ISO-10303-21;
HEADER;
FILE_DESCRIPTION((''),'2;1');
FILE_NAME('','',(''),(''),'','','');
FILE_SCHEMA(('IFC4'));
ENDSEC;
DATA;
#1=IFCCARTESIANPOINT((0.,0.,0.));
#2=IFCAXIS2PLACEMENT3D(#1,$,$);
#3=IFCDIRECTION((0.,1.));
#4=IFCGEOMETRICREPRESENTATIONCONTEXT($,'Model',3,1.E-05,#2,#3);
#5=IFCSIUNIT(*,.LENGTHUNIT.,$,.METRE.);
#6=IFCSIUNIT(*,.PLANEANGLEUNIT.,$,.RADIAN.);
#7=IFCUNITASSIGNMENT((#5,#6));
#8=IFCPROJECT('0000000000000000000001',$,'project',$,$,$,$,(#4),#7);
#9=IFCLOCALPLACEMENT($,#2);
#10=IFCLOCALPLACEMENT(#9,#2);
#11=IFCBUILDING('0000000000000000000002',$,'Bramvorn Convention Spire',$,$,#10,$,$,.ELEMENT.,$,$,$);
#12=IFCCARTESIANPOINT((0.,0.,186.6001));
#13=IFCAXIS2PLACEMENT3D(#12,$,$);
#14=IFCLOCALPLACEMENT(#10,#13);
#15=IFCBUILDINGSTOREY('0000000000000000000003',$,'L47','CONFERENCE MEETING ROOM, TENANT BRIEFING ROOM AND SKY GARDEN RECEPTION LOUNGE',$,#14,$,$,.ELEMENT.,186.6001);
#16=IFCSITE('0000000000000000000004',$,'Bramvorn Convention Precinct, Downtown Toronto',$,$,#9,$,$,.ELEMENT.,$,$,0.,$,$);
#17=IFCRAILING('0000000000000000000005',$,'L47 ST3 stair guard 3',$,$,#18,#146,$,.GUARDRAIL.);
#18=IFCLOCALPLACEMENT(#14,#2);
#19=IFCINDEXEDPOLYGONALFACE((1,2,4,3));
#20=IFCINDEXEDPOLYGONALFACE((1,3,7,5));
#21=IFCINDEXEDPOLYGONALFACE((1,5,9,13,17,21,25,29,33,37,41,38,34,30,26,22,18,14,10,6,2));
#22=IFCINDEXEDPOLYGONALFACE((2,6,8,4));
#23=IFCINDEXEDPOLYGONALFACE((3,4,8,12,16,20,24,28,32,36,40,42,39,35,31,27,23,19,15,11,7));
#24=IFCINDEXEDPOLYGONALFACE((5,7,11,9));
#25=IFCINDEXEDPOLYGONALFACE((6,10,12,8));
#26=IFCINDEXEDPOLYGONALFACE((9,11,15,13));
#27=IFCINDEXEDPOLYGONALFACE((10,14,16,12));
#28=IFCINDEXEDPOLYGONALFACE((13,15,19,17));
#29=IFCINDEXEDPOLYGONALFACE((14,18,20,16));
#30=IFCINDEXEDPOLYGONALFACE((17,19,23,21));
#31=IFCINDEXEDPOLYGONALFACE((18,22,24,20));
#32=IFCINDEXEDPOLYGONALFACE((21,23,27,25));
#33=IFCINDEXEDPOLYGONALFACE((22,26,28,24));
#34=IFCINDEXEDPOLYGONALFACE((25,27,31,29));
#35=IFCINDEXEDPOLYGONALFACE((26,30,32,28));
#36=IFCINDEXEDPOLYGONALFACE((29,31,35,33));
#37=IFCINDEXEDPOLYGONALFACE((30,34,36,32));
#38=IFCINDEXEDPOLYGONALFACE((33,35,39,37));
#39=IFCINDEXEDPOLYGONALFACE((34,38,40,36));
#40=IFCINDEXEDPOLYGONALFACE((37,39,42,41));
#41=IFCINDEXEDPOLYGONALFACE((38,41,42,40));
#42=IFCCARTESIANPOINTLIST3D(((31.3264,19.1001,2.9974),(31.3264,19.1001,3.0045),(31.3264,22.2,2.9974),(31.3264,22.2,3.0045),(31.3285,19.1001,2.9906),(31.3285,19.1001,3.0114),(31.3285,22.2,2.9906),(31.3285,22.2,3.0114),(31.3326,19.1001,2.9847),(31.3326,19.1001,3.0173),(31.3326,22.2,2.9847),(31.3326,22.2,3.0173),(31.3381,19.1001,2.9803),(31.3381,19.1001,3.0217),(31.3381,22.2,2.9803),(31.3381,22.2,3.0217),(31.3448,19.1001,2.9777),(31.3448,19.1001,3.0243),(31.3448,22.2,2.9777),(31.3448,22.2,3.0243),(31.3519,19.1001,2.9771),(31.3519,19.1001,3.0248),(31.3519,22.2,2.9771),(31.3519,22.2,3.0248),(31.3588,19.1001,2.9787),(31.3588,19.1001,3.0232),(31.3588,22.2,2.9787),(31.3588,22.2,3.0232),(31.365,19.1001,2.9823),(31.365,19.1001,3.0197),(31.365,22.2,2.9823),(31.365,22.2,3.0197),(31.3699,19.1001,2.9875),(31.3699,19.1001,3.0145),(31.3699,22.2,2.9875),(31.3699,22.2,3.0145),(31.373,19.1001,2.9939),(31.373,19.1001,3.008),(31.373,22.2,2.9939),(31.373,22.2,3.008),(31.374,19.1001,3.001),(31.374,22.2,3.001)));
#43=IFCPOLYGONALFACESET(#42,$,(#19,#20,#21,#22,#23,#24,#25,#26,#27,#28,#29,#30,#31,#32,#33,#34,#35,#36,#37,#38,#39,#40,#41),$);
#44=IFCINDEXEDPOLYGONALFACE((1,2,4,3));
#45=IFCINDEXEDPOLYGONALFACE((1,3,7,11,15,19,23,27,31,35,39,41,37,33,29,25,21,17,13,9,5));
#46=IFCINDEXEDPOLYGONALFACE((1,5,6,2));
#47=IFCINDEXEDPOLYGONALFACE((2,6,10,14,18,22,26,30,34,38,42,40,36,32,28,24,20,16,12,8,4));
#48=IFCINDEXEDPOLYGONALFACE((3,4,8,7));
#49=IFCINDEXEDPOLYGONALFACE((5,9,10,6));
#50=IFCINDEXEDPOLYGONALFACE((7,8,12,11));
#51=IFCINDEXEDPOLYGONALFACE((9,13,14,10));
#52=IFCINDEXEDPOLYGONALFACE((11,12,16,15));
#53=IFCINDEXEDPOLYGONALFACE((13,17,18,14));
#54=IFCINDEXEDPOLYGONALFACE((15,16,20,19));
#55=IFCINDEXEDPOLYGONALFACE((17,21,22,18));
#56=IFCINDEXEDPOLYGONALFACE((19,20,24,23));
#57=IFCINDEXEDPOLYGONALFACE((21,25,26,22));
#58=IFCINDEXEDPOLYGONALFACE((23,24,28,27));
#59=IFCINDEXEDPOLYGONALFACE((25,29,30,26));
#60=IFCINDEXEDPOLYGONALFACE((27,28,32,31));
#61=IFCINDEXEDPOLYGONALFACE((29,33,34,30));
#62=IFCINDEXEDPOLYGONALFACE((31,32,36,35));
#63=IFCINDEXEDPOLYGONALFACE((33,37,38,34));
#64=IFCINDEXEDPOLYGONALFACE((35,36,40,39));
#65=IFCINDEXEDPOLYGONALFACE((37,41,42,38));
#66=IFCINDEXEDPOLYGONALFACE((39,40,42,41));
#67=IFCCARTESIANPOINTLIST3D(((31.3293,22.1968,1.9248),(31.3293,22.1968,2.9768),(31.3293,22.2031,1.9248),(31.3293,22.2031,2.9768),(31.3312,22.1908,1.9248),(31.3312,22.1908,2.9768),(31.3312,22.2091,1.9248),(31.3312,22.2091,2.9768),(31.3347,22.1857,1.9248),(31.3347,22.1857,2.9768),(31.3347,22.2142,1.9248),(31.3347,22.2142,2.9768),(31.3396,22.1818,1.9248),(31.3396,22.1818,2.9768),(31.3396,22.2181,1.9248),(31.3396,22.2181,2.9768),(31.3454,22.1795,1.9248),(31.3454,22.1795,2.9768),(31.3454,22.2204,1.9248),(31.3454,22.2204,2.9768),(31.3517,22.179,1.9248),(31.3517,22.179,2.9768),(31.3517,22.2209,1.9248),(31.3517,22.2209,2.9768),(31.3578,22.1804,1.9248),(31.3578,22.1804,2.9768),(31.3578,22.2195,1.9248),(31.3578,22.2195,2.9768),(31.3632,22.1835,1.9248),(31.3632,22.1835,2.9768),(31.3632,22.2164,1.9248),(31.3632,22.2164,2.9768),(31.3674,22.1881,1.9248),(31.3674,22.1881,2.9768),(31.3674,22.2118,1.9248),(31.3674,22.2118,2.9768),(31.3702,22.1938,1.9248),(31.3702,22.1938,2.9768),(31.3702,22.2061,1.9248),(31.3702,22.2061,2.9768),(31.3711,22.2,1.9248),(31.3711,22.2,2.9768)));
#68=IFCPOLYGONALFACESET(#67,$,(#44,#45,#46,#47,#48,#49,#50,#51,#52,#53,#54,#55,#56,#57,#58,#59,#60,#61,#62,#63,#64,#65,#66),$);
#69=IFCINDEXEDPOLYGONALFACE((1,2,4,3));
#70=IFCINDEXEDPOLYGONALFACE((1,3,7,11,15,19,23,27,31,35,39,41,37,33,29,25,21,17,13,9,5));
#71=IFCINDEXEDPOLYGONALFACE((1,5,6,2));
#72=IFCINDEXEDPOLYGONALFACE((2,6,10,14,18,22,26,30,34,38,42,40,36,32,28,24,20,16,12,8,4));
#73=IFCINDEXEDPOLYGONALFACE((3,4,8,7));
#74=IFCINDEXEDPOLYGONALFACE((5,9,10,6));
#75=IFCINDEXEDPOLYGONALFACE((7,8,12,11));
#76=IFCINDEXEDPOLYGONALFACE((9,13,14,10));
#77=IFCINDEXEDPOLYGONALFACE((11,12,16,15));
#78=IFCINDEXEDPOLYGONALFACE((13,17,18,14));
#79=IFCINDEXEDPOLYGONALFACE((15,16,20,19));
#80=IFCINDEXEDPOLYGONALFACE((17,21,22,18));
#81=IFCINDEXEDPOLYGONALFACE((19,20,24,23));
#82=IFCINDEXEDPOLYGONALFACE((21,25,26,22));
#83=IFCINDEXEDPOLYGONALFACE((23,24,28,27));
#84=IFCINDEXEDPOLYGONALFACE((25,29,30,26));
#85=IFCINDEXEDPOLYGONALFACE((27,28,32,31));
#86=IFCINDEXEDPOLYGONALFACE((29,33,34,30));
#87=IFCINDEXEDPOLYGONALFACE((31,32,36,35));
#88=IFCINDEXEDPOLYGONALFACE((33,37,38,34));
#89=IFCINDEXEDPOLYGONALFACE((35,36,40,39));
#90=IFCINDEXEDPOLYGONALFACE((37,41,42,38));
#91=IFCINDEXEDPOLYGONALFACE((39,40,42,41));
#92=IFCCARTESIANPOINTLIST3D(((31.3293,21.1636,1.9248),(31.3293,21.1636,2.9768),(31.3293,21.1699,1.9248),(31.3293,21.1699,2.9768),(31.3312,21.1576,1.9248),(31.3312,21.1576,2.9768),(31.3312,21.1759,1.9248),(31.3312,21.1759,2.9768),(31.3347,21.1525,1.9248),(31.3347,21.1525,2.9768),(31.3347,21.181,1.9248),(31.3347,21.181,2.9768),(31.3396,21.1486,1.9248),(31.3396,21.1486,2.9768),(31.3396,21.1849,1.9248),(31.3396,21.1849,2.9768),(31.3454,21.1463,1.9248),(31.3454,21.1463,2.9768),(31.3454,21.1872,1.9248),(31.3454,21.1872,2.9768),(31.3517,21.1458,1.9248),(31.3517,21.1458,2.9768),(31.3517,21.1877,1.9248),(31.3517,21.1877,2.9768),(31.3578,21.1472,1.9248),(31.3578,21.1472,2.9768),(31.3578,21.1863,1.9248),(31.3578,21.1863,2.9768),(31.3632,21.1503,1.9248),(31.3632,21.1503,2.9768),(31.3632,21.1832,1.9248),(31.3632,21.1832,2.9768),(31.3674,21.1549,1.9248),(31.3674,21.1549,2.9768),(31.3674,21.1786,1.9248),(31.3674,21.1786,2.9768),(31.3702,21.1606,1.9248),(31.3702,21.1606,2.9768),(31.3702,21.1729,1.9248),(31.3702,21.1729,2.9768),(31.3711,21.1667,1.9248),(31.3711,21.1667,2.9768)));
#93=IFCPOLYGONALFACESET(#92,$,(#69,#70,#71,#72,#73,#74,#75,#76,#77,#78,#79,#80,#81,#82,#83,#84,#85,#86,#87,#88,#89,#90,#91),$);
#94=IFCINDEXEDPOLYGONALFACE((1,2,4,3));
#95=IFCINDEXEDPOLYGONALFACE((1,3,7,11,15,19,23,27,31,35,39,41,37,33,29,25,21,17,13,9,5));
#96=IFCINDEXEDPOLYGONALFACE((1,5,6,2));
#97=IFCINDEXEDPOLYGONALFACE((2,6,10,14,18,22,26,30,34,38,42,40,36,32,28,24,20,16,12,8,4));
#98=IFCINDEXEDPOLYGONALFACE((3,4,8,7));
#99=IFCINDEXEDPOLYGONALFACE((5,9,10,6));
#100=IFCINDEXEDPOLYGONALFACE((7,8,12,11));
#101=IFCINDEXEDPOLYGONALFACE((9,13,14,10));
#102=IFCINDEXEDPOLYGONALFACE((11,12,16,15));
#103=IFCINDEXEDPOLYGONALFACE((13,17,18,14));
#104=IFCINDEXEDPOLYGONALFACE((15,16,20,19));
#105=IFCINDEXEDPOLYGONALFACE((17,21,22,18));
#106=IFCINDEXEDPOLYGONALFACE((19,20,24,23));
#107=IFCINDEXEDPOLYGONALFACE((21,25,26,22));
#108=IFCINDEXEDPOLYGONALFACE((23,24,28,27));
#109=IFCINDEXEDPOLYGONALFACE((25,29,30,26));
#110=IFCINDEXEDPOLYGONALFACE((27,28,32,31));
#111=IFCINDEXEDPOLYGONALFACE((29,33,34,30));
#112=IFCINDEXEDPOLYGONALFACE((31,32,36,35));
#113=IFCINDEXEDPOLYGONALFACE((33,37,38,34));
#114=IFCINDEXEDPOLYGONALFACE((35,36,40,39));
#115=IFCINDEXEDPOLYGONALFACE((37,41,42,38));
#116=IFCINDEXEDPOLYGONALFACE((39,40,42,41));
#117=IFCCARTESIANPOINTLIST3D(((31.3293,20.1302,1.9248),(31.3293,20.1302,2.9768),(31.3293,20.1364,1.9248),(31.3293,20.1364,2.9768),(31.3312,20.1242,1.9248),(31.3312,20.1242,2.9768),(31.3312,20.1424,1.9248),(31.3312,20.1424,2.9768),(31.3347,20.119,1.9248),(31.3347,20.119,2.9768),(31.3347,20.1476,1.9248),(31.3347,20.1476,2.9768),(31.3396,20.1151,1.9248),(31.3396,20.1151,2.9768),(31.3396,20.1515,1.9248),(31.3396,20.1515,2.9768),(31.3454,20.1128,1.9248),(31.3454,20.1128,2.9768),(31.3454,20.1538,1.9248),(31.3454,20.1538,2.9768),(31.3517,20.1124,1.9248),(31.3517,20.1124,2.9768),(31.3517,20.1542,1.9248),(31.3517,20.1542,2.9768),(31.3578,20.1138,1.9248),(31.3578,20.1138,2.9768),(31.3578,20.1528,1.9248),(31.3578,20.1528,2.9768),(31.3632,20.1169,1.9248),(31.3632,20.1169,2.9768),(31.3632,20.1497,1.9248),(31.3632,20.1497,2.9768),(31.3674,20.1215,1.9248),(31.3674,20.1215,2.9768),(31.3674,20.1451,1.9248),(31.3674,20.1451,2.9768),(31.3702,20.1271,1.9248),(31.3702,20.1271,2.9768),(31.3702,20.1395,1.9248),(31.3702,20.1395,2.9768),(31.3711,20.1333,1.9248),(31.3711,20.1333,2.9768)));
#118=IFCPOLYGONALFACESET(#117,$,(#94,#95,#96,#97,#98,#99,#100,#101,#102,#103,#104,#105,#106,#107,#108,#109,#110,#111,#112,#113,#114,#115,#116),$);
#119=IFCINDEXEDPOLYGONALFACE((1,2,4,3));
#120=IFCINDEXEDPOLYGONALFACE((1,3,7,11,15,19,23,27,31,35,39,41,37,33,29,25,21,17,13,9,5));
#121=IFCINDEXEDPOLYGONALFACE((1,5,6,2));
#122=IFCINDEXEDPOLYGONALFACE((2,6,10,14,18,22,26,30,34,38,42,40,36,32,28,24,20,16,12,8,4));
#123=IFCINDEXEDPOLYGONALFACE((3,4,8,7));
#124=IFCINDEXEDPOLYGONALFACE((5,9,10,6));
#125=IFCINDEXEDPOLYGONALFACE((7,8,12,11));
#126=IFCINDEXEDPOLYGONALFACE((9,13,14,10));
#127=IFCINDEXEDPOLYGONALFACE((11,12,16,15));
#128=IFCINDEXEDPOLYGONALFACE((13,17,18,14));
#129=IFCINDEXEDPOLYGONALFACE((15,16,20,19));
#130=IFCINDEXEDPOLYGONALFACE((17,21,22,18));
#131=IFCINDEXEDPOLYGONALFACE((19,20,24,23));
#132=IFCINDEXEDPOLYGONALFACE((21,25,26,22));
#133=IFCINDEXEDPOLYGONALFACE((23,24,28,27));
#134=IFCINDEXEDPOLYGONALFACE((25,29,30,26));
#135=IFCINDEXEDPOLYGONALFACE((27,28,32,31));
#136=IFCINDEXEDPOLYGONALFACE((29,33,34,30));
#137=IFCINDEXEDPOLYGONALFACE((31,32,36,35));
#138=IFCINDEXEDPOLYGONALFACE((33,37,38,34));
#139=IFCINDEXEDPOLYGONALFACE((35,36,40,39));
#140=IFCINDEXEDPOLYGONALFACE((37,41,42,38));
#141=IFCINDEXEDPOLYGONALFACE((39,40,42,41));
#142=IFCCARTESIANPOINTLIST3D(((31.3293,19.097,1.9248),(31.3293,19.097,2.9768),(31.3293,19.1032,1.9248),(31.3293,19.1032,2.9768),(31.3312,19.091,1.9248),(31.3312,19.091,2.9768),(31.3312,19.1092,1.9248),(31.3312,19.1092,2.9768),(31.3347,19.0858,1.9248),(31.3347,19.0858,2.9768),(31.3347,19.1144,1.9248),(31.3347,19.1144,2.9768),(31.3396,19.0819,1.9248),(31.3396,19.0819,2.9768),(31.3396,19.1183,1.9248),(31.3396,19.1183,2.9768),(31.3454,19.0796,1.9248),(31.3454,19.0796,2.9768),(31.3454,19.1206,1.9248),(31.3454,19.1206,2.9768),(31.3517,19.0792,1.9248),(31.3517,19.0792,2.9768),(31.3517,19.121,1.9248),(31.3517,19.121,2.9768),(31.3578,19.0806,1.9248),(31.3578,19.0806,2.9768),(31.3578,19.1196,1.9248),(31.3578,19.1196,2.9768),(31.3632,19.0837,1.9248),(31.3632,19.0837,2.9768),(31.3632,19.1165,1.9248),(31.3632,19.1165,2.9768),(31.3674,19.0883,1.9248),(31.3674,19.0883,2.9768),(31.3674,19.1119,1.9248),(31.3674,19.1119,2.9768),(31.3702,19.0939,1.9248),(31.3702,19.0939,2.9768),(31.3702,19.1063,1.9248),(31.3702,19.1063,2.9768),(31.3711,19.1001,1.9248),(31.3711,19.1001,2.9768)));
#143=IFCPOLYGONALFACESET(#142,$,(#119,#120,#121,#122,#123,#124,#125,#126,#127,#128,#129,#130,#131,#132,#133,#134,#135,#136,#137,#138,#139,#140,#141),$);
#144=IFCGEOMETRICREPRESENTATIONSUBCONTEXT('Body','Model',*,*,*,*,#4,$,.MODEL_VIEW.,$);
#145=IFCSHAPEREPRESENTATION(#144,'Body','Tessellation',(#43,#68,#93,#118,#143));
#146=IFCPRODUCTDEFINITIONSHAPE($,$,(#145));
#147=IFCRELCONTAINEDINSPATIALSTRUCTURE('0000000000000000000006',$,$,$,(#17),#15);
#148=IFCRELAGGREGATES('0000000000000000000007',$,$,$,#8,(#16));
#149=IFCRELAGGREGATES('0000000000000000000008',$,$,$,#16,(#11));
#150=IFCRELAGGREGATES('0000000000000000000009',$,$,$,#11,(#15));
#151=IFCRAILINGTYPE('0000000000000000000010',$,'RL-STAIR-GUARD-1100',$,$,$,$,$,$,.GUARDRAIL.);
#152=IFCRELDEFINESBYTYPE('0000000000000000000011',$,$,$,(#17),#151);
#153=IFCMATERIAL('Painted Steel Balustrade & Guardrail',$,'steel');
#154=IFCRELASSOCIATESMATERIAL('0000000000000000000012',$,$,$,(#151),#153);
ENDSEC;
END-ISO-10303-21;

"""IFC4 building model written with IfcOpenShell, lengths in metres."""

from ifc_helpers import new_model, si_unit, direction, frame, origin, origin_2d, place, context, subcontext, project, spatial, circle, extrude, material, type_object, element, save


model = new_model("IFC4")

# Units and contexts
model_context = context("Model", 3, precision=1e-05, world=origin(), true_north=direction((0.0, 1.0)))
body_context = subcontext(model_context, "Body", "Model", "MODEL_VIEW")
ifc_project = project(units=[si_unit("LENGTHUNIT", "METRE"), si_unit("PLANEANGLEUNIT", "RADIAN")], contexts=[model_context])

# Site, building, storey
site_placement = place(None, origin())
site = spatial("IfcSite", under=ifc_project, at=site_placement, Name="Bramvorn Convention Precinct, Downtown Toronto", CompositionType="ELEMENT", RefElevation=0.0)
building_placement = place(site_placement, origin())
building = spatial("IfcBuilding", under=site, at=building_placement, Name="Bramvorn Convention Spire", CompositionType="ELEMENT")
storey_placement = place(building_placement, frame((0.0, 0.0, 186.6001)))
storey = spatial("IfcBuildingStorey", under=building, at=storey_placement, Name="L47", Description="CONFERENCE MEETING ROOM, TENANT BRIEFING ROOM AND SKY GARDEN RECEPTION LOUNGE", CompositionType="ELEMENT", Elevation=186.6001)

# Railing
ifc_material_1 = material(Name="Painted Steel Balustrade & Guardrail", Category="steel")
railing_type_1 = type_object("IfcRailingType", Name="RL-STAIR-GUARD-1100", PredefinedType="GUARDRAIL", material=ifc_material_1)
for number, where, name in (
    (1, (31.3501, 22.2, 1.9248), "L47 ST3 stair guard 3"),
):
    element("IfcRailing", number, at=place(storey_placement, frame(where)), inside=storey, type_object=railing_type_1, Name=name, PredefinedType="GUARDRAIL", context=body_context, shape_type="SweptSolid", body=[
        extrude(circle(Radius=0.0239, at=origin_2d()), frame((0.0, 0.0, 1.0762), z_axis=(0.0, -1.0, 0.0), x_axis=(1.0, 0.0, 0.0)), (0.0, 0.0, 1.0), 3.0999),
        extrude(circle(Radius=0.021, at=origin_2d()), origin(), (0.0, 0.0, 1.0), 1.052),
        extrude(circle(Radius=0.021, at=origin_2d()), frame((0.0, -1.0332, 0.0)), (0.0, 0.0, 1.0), 1.052),
        extrude(circle(Radius=0.021, at=origin_2d()), frame((0.0, -2.0667, 0.0)), (0.0, 0.0, 1.0), 1.052),
        extrude(circle(Radius=0.021, at=origin_2d()), frame((0.0, -3.0999, 0.0)), (0.0, 0.0, 1.0), 1.052),
    ])

save(model, "model.ifc")
